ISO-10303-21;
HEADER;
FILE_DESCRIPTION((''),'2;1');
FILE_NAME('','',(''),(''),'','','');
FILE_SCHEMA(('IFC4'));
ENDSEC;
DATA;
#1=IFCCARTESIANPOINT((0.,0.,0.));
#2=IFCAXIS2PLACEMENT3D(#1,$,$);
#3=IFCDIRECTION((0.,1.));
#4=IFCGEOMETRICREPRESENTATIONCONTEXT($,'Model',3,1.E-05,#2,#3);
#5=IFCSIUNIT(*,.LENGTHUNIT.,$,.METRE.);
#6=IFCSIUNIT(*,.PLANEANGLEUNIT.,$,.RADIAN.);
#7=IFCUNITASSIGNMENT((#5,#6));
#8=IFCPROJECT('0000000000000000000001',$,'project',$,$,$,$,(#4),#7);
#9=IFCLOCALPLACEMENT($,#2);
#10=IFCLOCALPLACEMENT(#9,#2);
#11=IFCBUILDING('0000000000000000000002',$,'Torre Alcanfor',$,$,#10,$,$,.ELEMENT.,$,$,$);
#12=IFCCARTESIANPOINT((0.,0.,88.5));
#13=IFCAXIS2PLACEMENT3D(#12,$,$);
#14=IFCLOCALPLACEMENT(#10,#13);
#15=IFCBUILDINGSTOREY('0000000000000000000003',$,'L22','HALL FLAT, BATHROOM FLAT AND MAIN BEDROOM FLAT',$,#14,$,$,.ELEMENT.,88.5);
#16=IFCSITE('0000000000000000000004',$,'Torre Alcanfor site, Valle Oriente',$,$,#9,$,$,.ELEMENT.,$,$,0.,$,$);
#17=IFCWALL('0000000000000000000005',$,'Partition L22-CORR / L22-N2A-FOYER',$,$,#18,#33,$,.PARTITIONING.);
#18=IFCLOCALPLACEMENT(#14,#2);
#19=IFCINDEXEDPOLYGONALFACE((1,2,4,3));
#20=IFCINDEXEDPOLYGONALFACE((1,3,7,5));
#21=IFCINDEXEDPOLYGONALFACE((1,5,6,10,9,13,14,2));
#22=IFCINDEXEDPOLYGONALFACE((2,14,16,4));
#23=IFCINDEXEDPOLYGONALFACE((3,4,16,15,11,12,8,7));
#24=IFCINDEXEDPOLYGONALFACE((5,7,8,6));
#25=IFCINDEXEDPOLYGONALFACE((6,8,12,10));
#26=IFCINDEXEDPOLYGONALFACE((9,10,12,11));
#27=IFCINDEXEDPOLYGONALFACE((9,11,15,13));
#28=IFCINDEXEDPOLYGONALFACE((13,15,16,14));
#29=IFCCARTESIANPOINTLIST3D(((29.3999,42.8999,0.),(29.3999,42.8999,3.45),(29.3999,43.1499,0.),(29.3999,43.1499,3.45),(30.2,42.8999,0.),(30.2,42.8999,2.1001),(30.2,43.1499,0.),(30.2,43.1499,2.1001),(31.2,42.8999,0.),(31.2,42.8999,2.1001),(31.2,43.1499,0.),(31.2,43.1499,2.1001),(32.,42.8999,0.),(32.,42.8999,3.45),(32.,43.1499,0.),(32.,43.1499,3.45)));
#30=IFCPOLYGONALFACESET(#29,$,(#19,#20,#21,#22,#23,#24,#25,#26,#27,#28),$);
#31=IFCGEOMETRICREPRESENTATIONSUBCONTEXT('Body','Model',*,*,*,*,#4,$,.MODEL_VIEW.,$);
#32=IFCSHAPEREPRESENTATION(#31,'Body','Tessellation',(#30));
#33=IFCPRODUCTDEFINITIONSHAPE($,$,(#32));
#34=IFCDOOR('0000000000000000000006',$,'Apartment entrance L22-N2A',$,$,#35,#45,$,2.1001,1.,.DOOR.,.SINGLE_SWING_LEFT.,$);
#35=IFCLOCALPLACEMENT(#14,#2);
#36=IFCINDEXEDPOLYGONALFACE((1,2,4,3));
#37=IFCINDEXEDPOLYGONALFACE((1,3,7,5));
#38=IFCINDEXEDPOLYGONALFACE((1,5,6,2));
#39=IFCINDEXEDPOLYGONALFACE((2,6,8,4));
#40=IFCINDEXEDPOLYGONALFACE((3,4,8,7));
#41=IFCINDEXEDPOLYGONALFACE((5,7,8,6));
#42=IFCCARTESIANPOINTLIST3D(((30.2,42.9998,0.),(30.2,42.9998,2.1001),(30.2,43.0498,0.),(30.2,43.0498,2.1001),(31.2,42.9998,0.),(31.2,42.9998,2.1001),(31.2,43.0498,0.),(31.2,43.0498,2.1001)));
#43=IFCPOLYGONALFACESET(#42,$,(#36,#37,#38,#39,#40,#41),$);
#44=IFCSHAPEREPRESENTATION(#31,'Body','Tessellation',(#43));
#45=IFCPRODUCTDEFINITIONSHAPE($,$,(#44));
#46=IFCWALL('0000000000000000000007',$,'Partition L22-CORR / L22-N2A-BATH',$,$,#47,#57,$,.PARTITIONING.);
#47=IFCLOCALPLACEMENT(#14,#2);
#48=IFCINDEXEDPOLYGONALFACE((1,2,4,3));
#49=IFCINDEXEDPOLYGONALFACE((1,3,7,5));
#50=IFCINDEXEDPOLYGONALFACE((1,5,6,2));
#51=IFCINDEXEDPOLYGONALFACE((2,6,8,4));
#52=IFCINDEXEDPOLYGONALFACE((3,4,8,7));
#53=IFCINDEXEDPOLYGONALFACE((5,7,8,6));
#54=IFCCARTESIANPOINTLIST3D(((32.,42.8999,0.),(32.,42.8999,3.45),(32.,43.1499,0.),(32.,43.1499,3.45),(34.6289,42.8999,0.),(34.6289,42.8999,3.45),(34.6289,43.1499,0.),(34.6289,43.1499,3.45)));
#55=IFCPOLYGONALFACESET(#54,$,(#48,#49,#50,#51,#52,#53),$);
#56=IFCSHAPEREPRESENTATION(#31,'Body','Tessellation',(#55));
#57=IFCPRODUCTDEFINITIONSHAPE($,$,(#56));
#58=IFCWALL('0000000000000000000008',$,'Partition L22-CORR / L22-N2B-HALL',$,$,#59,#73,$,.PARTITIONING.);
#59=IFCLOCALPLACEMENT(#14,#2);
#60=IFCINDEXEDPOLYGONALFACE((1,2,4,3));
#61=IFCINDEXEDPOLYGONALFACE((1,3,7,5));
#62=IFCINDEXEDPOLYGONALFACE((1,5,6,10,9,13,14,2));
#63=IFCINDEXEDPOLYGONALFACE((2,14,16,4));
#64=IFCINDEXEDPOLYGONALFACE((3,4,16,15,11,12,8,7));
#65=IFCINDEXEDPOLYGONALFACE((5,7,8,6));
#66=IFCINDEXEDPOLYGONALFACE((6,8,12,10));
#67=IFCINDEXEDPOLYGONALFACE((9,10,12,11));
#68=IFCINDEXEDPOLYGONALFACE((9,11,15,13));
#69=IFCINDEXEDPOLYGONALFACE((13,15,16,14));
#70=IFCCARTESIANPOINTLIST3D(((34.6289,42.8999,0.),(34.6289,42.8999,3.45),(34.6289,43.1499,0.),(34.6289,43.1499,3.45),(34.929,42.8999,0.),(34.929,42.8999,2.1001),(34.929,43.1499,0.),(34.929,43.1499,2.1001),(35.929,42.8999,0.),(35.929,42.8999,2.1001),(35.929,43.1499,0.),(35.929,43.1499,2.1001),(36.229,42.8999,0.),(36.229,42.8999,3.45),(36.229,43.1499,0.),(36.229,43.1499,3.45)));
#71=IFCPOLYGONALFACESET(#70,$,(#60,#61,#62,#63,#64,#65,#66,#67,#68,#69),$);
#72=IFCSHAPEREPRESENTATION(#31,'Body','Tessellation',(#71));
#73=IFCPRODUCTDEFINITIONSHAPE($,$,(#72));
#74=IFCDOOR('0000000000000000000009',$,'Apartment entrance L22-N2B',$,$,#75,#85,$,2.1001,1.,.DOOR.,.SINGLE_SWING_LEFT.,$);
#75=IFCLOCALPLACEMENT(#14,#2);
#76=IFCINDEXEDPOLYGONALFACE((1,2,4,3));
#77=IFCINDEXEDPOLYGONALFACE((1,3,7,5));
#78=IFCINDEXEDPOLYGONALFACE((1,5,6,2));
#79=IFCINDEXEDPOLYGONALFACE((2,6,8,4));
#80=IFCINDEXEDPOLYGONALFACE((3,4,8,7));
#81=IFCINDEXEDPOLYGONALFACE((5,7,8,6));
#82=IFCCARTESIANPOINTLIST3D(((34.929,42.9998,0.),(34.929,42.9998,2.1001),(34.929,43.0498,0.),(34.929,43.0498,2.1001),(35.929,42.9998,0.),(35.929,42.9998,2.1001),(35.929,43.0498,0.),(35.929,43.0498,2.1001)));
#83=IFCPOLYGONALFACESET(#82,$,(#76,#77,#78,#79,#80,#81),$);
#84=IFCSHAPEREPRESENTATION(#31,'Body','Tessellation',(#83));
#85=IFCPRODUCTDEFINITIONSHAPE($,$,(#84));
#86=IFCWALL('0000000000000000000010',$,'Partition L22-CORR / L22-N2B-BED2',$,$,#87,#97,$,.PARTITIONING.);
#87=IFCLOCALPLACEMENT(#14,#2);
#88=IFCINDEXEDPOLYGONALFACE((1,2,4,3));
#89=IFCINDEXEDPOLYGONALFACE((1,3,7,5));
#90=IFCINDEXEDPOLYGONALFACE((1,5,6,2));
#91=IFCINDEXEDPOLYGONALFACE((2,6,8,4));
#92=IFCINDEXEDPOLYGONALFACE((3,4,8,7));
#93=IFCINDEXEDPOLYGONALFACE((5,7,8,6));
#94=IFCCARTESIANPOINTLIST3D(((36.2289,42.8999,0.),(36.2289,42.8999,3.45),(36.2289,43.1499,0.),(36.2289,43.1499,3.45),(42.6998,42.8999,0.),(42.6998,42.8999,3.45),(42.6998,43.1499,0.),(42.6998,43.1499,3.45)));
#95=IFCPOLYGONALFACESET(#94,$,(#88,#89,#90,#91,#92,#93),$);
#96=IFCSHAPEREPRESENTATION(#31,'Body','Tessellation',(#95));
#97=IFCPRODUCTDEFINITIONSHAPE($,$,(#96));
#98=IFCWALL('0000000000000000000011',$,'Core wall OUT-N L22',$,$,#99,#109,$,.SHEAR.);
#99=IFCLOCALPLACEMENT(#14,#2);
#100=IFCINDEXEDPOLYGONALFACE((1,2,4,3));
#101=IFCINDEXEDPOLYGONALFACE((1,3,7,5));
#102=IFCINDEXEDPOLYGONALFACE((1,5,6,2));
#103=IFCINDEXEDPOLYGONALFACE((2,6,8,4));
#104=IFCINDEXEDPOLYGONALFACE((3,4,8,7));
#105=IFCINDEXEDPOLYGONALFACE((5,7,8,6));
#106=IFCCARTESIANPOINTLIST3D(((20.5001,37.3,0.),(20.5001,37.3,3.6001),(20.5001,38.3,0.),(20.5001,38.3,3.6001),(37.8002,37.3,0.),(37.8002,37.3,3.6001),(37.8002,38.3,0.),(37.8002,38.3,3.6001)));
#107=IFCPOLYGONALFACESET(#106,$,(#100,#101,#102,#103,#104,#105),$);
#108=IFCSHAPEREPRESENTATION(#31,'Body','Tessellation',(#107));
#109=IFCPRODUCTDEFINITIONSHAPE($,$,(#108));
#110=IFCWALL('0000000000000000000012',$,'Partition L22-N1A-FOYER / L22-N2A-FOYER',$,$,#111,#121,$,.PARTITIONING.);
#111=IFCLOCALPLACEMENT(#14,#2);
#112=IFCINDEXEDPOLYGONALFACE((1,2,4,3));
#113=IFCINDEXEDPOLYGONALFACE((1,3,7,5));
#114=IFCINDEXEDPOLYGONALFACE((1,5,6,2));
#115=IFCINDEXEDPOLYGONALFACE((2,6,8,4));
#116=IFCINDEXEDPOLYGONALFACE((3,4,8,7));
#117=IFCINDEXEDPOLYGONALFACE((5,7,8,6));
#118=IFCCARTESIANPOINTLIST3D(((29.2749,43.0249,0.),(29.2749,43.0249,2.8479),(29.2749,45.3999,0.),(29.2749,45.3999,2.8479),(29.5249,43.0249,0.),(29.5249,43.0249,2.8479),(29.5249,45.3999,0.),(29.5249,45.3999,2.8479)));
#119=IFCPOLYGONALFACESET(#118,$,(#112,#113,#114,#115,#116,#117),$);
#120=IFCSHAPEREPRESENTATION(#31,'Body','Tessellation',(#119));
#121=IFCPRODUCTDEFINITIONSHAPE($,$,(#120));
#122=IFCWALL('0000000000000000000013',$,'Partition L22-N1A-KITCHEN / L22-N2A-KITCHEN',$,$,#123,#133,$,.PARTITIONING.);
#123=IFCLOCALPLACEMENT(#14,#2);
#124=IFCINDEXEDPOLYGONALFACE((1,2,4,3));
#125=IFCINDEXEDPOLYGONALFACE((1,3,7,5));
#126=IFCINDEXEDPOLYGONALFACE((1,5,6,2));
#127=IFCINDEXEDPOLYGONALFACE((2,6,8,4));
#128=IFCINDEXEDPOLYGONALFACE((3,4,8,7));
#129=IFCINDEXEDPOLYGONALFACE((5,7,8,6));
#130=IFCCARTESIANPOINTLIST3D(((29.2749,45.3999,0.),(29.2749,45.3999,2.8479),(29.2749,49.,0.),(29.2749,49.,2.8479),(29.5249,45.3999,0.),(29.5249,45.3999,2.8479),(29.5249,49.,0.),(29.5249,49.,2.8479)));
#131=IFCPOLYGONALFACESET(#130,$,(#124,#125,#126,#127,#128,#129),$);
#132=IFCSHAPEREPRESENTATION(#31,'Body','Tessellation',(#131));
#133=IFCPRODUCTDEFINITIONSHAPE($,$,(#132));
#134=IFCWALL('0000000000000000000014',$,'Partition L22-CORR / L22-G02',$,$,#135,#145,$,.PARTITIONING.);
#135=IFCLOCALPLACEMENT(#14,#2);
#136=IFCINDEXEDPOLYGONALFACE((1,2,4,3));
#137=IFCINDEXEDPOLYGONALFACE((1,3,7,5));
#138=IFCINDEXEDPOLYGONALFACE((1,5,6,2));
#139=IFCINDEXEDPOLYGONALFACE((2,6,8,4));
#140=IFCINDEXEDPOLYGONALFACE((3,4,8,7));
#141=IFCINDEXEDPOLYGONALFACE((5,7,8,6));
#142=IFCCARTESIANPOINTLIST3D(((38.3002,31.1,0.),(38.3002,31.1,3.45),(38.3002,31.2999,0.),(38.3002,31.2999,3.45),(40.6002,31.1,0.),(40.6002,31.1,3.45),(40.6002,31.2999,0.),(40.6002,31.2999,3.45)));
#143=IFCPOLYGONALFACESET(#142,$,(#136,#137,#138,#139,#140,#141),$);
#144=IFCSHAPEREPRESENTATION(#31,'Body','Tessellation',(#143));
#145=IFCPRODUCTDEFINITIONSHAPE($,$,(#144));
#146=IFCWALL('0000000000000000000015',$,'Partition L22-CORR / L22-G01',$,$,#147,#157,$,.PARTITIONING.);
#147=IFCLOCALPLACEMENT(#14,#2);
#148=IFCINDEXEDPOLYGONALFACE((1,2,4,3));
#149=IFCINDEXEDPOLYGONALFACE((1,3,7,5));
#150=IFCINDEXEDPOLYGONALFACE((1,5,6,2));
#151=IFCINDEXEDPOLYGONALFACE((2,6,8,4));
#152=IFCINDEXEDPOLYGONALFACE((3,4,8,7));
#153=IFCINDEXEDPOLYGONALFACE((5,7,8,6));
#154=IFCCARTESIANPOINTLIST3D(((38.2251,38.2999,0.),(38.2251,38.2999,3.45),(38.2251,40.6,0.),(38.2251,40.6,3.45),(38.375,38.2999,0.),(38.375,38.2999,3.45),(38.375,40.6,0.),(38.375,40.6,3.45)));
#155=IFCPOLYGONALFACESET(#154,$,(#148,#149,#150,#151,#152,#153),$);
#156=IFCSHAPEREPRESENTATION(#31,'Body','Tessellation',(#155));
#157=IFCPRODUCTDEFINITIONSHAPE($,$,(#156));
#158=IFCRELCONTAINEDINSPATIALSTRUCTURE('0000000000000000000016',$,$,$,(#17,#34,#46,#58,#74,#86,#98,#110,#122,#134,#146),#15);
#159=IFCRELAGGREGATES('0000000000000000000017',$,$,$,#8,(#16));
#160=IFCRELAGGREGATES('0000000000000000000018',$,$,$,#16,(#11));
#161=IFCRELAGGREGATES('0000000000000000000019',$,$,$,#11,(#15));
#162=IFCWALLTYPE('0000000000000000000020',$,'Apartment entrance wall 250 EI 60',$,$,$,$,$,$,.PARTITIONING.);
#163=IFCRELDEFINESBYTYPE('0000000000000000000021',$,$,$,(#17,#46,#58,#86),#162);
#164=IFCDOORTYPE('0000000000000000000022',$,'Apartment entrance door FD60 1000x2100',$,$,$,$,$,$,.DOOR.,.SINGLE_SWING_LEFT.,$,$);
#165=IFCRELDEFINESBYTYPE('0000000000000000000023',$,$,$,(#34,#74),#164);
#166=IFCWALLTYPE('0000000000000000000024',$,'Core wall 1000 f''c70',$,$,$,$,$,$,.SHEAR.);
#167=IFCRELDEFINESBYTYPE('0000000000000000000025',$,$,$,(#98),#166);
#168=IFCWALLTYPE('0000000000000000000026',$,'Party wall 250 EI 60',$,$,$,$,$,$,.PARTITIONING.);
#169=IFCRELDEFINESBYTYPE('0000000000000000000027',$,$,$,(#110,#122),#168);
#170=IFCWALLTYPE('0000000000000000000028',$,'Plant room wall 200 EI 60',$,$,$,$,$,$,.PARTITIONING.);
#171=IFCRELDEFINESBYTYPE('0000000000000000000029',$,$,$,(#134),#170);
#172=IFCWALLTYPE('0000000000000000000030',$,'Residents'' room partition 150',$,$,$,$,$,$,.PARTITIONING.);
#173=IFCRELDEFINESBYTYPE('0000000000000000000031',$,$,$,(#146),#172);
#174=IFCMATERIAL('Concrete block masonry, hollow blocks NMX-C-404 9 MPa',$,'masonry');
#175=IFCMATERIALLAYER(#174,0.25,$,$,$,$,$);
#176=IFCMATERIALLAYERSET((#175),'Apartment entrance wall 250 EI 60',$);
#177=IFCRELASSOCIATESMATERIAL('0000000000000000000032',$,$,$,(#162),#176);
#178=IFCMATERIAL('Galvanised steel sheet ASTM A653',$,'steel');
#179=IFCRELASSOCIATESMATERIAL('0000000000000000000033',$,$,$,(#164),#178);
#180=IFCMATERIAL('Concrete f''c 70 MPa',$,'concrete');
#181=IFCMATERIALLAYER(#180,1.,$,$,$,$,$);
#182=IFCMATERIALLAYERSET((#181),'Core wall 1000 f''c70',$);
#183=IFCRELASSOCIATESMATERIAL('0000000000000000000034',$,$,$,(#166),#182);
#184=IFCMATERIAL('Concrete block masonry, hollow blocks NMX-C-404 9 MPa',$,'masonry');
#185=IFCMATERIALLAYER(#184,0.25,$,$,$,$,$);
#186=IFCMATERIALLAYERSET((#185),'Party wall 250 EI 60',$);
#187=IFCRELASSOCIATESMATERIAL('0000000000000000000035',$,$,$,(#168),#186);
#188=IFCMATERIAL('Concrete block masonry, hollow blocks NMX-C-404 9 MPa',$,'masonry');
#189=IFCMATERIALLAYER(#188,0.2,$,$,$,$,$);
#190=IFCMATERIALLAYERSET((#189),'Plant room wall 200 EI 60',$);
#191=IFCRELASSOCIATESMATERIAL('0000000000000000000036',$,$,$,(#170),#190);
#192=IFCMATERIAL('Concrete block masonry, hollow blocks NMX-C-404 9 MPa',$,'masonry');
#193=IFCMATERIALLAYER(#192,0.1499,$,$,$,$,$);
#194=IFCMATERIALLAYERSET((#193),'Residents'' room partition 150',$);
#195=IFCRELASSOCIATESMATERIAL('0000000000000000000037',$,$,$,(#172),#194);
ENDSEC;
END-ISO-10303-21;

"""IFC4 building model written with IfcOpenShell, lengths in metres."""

from ifc_helpers import new_model, si_unit, direction, frame, frame_2d, origin, place, context, subcontext, project, spatial, rectangle, extrude, material, layer, layer_set, type_object, element, fill, save


model = new_model("IFC4")

# Units and contexts
model_context = context("Model", 3, precision=1e-05, world=origin(), true_north=direction((0.0, 1.0)))
body_context = subcontext(model_context, "Body", "Model", "MODEL_VIEW")
ifc_project = project(units=[si_unit("LENGTHUNIT", "METRE"), si_unit("PLANEANGLEUNIT", "RADIAN")], contexts=[model_context])

# Site, building, storey
site_placement = place(None, origin())
site = spatial("IfcSite", under=ifc_project, at=site_placement, Name="Torre Alcanfor site, Valle Oriente", CompositionType="ELEMENT", RefElevation=0.0)
building_placement = place(site_placement, origin())
building = spatial("IfcBuilding", under=site, at=building_placement, Name="Torre Alcanfor", CompositionType="ELEMENT")
storey_placement = place(building_placement, frame((0.0, 0.0, 88.5)))
storey = spatial("IfcBuildingStorey", under=building, at=storey_placement, Name="L22", Description="HALL FLAT, BATHROOM FLAT AND MAIN BEDROOM FLAT", CompositionType="ELEMENT", Elevation=88.5)

# Wall, opening, door
ifc_material_1 = material(Name="Concrete block masonry, hollow blocks NMX-C-404 9 MPa", Category="masonry")
ifc_layer_1 = layer(ifc_material_1, 0.25)
ifc_layer_set_1 = layer_set([ifc_layer_1], Name="Apartment entrance wall 250 EI 60")
wall_type_1 = type_object("IfcWallType", Name="Apartment entrance wall 250 EI 60", PredefinedType="PARTITIONING", material=ifc_layer_set_1)
wall_1_placement = place(storey_placement, frame((29.3999, 43.0249, 0.0), z_axis=(0.0, 0.0, 1.0), x_axis=(1.0, 0.0, 0.0)))
wall_1 = element("IfcWall", 1, at=wall_1_placement, inside=storey, type_object=wall_type_1, Name="Partition L22-CORR / L22-N2A-FOYER", PredefinedType="PARTITIONING", context=body_context, shape_type="SweptSolid", body=[
    extrude(rectangle(XDim=2.6001, YDim=0.25, at=frame_2d((1.3, 0.0))), origin(), (0.0, 0.0, 1.0), 3.45),
])
opening_1_placement = place(wall_1_placement, frame((0.8, 0.0, 0.0)))
opening_1 = element("IfcOpeningElement", 2, at=opening_1_placement, cuts=wall_1, PredefinedType="OPENING", context=body_context, shape_type="SweptSolid", body=[
    extrude(rectangle(XDim=1.0, YDim=2.1001, at=frame_2d((0.5, 1.05))), frame((0.0, 0.135, 0.0), z_axis=(0.0, -1.0, 0.0), x_axis=(1.0, 0.0, 0.0)), (0.0, 0.0, 1.0), 0.27),
])
ifc_material_2 = material(Name="Galvanised steel sheet ASTM A653", Category="steel")
door_type_1 = type_object("IfcDoorType", Name="Apartment entrance door FD60 1000x2100", OperationType="SINGLE_SWING_LEFT", PredefinedType="DOOR", material=ifc_material_2)
door_1_placement = place(opening_1_placement, origin())
door_1 = element("IfcDoor", 3, at=door_1_placement, inside=storey, type_object=door_type_1, Name="Apartment entrance L22-N2A", OperationType="SINGLE_SWING_LEFT", OverallHeight=2.1001, OverallWidth=1.0, PredefinedType="DOOR", context=body_context, shape_type="SweptSolid", body=[
    extrude(rectangle(XDim=1.0, YDim=2.1001, at=frame_2d((0.5, 1.05))), frame((0.0, 0.0249, 0.0), z_axis=(0.0, -1.0, 0.0), x_axis=(1.0, 0.0, 0.0)), (0.0, 0.0, 1.0), 0.05),
])
fill(opening_1, door_1)

# Wall
wall_2_placement = place(storey_placement, frame((32.0, 43.0249, 0.0), z_axis=(0.0, 0.0, 1.0), x_axis=(1.0, 0.0, 0.0)))
element("IfcWall", 4, at=wall_2_placement, inside=storey, type_object=wall_type_1, Name="Partition L22-CORR / L22-N2A-BATH", PredefinedType="PARTITIONING", context=body_context, shape_type="SweptSolid", body=[
    extrude(rectangle(XDim=2.6289, YDim=0.25, at=frame_2d((1.3145, 0.0))), origin(), (0.0, 0.0, 1.0), 3.45),
])

# Wall, opening, door
wall_3_placement = place(storey_placement, frame((34.6289, 43.0249, 0.0), z_axis=(0.0, 0.0, 1.0), x_axis=(1.0, 0.0, 0.0)))
wall_3 = element("IfcWall", 5, at=wall_3_placement, inside=storey, type_object=wall_type_1, Name="Partition L22-CORR / L22-N2B-HALL", PredefinedType="PARTITIONING", context=body_context, shape_type="SweptSolid", body=[
    extrude(rectangle(XDim=1.6001, YDim=0.25, at=frame_2d((0.8, 0.0))), origin(), (0.0, 0.0, 1.0), 3.45),
])
opening_2_placement = place(wall_3_placement, frame((0.3, 0.0, 0.0)))
opening_2 = element("IfcOpeningElement", 6, at=opening_2_placement, cuts=wall_3, PredefinedType="OPENING", context=body_context, shape_type="SweptSolid", body=[
    extrude(rectangle(XDim=1.0, YDim=2.1001, at=frame_2d((0.5, 1.05))), frame((0.0, 0.135, 0.0), z_axis=(0.0, -1.0, 0.0), x_axis=(1.0, 0.0, 0.0)), (0.0, 0.0, 1.0), 0.27),
])
door_2_placement = place(opening_2_placement, origin())
door_2 = element("IfcDoor", 7, at=door_2_placement, inside=storey, type_object=door_type_1, Name="Apartment entrance L22-N2B", OperationType="SINGLE_SWING_LEFT", OverallHeight=2.1001, OverallWidth=1.0, PredefinedType="DOOR", context=body_context, shape_type="SweptSolid", body=[
    extrude(rectangle(XDim=1.0, YDim=2.1001, at=frame_2d((0.5, 1.05))), frame((0.0, 0.0249, 0.0), z_axis=(0.0, -1.0, 0.0), x_axis=(1.0, 0.0, 0.0)), (0.0, 0.0, 1.0), 0.05),
])
fill(opening_2, door_2)

# Walls
wall_4_placement = place(storey_placement, frame((36.229, 43.0249, 0.0), z_axis=(0.0, 0.0, 1.0), x_axis=(1.0, 0.0, 0.0)))
element("IfcWall", 8, at=wall_4_placement, inside=storey, type_object=wall_type_1, Name="Partition L22-CORR / L22-N2B-BED2", PredefinedType="PARTITIONING", context=body_context, shape_type="SweptSolid", body=[
    extrude(rectangle(XDim=6.4709, YDim=0.25, at=frame_2d((3.2354, 0.0))), origin(), (0.0, 0.0, 1.0), 3.45),
])
ifc_material_3 = material(Name="Concrete f'c 70 MPa", Category="concrete")
ifc_layer_2 = layer(ifc_material_3, 1.0)
ifc_layer_set_2 = layer_set([ifc_layer_2], Name="Core wall 1000 f'c70")
wall_type_2 = type_object("IfcWallType", Name="Core wall 1000 f'c70", PredefinedType="SHEAR", material=ifc_layer_set_2)
wall_5_placement = place(storey_placement, frame((37.8, 37.8, 0.0), z_axis=(0.0, 0.0, 1.0), x_axis=(-1.0, 0.0, 0.0)))
element("IfcWall", 9, at=wall_5_placement, inside=storey, type_object=wall_type_2, Name="Core wall OUT-N L22", PredefinedType="SHEAR", context=body_context, shape_type="SweptSolid", body=[
    extrude(rectangle(XDim=17.3, YDim=1.0, at=frame_2d((8.6499, 0.0))), origin(), (0.0, 0.0, 1.0), 3.6001),
])
ifc_material_4 = material(Name="Concrete block masonry, hollow blocks NMX-C-404 9 MPa", Category="masonry")
ifc_layer_3 = layer(ifc_material_4, 0.25)
ifc_layer_set_3 = layer_set([ifc_layer_3], Name="Party wall 250 EI 60")
wall_type_3 = type_object("IfcWallType", Name="Party wall 250 EI 60", PredefinedType="PARTITIONING", material=ifc_layer_set_3)
wall_6_placement = place(storey_placement, frame((29.3999, 43.0249, 0.0), z_axis=(0.0, 0.0, 1.0), x_axis=(0.0, 1.0, 0.0)))
element("IfcWall", 10, at=wall_6_placement, inside=storey, type_object=wall_type_3, Name="Partition L22-N1A-FOYER / L22-N2A-FOYER", PredefinedType="PARTITIONING", context=body_context, shape_type="SweptSolid", body=[
    extrude(rectangle(XDim=2.375, YDim=0.25, at=frame_2d((1.1875, 0.0))), origin(), (0.0, 0.0, 1.0), 2.8479),
])
wall_7_placement = place(storey_placement, frame((29.3999, 45.3999, 0.0), z_axis=(0.0, 0.0, 1.0), x_axis=(0.0, 1.0, 0.0)))
element("IfcWall", 11, at=wall_7_placement, inside=storey, type_object=wall_type_3, Name="Partition L22-N1A-KITCHEN / L22-N2A-KITCHEN", PredefinedType="PARTITIONING", context=body_context, shape_type="SweptSolid", body=[
    extrude(rectangle(XDim=3.6001, YDim=0.25, at=frame_2d((1.8, 0.0))), origin(), (0.0, 0.0, 1.0), 2.8479),
])
ifc_material_5 = material(Name="Concrete block masonry, hollow blocks NMX-C-404 9 MPa", Category="masonry")
ifc_layer_4 = layer(ifc_material_5, 0.2)
ifc_layer_set_4 = layer_set([ifc_layer_4], Name="Plant room wall 200 EI 60")
wall_type_4 = type_object("IfcWallType", Name="Plant room wall 200 EI 60", PredefinedType="PARTITIONING", material=ifc_layer_set_4)
wall_8_placement = place(storey_placement, frame((40.6001, 31.2, 0.0), z_axis=(0.0, 0.0, 1.0), x_axis=(-1.0, 0.0, 0.0)))
element("IfcWall", 12, at=wall_8_placement, inside=storey, type_object=wall_type_4, Name="Partition L22-CORR / L22-G02", PredefinedType="PARTITIONING", context=body_context, shape_type="SweptSolid", body=[
    extrude(rectangle(XDim=2.3, YDim=0.2, at=frame_2d((1.1499, 0.0))), origin(), (0.0, 0.0, 1.0), 3.45),
])
ifc_material_6 = material(Name="Concrete block masonry, hollow blocks NMX-C-404 9 MPa", Category="masonry")
ifc_layer_5 = layer(ifc_material_6, 0.1499)
ifc_layer_set_5 = layer_set([ifc_layer_5], Name="Residents' room partition 150")
wall_type_5 = type_object("IfcWallType", Name="Residents' room partition 150", PredefinedType="PARTITIONING", material=ifc_layer_set_5)
wall_9_placement = place(storey_placement, frame((38.3, 38.3, 0.0), z_axis=(0.0, 0.0, 1.0), x_axis=(0.0, 1.0, 0.0)))
element("IfcWall", 13, at=wall_9_placement, inside=storey, type_object=wall_type_5, Name="Partition L22-CORR / L22-G01", PredefinedType="PARTITIONING", context=body_context, shape_type="SweptSolid", body=[
    extrude(rectangle(XDim=2.3, YDim=0.1499, at=frame_2d((1.1499, 0.0))), origin(), (0.0, 0.0, 1.0), 3.45),
])

save(model, "model.ifc")
